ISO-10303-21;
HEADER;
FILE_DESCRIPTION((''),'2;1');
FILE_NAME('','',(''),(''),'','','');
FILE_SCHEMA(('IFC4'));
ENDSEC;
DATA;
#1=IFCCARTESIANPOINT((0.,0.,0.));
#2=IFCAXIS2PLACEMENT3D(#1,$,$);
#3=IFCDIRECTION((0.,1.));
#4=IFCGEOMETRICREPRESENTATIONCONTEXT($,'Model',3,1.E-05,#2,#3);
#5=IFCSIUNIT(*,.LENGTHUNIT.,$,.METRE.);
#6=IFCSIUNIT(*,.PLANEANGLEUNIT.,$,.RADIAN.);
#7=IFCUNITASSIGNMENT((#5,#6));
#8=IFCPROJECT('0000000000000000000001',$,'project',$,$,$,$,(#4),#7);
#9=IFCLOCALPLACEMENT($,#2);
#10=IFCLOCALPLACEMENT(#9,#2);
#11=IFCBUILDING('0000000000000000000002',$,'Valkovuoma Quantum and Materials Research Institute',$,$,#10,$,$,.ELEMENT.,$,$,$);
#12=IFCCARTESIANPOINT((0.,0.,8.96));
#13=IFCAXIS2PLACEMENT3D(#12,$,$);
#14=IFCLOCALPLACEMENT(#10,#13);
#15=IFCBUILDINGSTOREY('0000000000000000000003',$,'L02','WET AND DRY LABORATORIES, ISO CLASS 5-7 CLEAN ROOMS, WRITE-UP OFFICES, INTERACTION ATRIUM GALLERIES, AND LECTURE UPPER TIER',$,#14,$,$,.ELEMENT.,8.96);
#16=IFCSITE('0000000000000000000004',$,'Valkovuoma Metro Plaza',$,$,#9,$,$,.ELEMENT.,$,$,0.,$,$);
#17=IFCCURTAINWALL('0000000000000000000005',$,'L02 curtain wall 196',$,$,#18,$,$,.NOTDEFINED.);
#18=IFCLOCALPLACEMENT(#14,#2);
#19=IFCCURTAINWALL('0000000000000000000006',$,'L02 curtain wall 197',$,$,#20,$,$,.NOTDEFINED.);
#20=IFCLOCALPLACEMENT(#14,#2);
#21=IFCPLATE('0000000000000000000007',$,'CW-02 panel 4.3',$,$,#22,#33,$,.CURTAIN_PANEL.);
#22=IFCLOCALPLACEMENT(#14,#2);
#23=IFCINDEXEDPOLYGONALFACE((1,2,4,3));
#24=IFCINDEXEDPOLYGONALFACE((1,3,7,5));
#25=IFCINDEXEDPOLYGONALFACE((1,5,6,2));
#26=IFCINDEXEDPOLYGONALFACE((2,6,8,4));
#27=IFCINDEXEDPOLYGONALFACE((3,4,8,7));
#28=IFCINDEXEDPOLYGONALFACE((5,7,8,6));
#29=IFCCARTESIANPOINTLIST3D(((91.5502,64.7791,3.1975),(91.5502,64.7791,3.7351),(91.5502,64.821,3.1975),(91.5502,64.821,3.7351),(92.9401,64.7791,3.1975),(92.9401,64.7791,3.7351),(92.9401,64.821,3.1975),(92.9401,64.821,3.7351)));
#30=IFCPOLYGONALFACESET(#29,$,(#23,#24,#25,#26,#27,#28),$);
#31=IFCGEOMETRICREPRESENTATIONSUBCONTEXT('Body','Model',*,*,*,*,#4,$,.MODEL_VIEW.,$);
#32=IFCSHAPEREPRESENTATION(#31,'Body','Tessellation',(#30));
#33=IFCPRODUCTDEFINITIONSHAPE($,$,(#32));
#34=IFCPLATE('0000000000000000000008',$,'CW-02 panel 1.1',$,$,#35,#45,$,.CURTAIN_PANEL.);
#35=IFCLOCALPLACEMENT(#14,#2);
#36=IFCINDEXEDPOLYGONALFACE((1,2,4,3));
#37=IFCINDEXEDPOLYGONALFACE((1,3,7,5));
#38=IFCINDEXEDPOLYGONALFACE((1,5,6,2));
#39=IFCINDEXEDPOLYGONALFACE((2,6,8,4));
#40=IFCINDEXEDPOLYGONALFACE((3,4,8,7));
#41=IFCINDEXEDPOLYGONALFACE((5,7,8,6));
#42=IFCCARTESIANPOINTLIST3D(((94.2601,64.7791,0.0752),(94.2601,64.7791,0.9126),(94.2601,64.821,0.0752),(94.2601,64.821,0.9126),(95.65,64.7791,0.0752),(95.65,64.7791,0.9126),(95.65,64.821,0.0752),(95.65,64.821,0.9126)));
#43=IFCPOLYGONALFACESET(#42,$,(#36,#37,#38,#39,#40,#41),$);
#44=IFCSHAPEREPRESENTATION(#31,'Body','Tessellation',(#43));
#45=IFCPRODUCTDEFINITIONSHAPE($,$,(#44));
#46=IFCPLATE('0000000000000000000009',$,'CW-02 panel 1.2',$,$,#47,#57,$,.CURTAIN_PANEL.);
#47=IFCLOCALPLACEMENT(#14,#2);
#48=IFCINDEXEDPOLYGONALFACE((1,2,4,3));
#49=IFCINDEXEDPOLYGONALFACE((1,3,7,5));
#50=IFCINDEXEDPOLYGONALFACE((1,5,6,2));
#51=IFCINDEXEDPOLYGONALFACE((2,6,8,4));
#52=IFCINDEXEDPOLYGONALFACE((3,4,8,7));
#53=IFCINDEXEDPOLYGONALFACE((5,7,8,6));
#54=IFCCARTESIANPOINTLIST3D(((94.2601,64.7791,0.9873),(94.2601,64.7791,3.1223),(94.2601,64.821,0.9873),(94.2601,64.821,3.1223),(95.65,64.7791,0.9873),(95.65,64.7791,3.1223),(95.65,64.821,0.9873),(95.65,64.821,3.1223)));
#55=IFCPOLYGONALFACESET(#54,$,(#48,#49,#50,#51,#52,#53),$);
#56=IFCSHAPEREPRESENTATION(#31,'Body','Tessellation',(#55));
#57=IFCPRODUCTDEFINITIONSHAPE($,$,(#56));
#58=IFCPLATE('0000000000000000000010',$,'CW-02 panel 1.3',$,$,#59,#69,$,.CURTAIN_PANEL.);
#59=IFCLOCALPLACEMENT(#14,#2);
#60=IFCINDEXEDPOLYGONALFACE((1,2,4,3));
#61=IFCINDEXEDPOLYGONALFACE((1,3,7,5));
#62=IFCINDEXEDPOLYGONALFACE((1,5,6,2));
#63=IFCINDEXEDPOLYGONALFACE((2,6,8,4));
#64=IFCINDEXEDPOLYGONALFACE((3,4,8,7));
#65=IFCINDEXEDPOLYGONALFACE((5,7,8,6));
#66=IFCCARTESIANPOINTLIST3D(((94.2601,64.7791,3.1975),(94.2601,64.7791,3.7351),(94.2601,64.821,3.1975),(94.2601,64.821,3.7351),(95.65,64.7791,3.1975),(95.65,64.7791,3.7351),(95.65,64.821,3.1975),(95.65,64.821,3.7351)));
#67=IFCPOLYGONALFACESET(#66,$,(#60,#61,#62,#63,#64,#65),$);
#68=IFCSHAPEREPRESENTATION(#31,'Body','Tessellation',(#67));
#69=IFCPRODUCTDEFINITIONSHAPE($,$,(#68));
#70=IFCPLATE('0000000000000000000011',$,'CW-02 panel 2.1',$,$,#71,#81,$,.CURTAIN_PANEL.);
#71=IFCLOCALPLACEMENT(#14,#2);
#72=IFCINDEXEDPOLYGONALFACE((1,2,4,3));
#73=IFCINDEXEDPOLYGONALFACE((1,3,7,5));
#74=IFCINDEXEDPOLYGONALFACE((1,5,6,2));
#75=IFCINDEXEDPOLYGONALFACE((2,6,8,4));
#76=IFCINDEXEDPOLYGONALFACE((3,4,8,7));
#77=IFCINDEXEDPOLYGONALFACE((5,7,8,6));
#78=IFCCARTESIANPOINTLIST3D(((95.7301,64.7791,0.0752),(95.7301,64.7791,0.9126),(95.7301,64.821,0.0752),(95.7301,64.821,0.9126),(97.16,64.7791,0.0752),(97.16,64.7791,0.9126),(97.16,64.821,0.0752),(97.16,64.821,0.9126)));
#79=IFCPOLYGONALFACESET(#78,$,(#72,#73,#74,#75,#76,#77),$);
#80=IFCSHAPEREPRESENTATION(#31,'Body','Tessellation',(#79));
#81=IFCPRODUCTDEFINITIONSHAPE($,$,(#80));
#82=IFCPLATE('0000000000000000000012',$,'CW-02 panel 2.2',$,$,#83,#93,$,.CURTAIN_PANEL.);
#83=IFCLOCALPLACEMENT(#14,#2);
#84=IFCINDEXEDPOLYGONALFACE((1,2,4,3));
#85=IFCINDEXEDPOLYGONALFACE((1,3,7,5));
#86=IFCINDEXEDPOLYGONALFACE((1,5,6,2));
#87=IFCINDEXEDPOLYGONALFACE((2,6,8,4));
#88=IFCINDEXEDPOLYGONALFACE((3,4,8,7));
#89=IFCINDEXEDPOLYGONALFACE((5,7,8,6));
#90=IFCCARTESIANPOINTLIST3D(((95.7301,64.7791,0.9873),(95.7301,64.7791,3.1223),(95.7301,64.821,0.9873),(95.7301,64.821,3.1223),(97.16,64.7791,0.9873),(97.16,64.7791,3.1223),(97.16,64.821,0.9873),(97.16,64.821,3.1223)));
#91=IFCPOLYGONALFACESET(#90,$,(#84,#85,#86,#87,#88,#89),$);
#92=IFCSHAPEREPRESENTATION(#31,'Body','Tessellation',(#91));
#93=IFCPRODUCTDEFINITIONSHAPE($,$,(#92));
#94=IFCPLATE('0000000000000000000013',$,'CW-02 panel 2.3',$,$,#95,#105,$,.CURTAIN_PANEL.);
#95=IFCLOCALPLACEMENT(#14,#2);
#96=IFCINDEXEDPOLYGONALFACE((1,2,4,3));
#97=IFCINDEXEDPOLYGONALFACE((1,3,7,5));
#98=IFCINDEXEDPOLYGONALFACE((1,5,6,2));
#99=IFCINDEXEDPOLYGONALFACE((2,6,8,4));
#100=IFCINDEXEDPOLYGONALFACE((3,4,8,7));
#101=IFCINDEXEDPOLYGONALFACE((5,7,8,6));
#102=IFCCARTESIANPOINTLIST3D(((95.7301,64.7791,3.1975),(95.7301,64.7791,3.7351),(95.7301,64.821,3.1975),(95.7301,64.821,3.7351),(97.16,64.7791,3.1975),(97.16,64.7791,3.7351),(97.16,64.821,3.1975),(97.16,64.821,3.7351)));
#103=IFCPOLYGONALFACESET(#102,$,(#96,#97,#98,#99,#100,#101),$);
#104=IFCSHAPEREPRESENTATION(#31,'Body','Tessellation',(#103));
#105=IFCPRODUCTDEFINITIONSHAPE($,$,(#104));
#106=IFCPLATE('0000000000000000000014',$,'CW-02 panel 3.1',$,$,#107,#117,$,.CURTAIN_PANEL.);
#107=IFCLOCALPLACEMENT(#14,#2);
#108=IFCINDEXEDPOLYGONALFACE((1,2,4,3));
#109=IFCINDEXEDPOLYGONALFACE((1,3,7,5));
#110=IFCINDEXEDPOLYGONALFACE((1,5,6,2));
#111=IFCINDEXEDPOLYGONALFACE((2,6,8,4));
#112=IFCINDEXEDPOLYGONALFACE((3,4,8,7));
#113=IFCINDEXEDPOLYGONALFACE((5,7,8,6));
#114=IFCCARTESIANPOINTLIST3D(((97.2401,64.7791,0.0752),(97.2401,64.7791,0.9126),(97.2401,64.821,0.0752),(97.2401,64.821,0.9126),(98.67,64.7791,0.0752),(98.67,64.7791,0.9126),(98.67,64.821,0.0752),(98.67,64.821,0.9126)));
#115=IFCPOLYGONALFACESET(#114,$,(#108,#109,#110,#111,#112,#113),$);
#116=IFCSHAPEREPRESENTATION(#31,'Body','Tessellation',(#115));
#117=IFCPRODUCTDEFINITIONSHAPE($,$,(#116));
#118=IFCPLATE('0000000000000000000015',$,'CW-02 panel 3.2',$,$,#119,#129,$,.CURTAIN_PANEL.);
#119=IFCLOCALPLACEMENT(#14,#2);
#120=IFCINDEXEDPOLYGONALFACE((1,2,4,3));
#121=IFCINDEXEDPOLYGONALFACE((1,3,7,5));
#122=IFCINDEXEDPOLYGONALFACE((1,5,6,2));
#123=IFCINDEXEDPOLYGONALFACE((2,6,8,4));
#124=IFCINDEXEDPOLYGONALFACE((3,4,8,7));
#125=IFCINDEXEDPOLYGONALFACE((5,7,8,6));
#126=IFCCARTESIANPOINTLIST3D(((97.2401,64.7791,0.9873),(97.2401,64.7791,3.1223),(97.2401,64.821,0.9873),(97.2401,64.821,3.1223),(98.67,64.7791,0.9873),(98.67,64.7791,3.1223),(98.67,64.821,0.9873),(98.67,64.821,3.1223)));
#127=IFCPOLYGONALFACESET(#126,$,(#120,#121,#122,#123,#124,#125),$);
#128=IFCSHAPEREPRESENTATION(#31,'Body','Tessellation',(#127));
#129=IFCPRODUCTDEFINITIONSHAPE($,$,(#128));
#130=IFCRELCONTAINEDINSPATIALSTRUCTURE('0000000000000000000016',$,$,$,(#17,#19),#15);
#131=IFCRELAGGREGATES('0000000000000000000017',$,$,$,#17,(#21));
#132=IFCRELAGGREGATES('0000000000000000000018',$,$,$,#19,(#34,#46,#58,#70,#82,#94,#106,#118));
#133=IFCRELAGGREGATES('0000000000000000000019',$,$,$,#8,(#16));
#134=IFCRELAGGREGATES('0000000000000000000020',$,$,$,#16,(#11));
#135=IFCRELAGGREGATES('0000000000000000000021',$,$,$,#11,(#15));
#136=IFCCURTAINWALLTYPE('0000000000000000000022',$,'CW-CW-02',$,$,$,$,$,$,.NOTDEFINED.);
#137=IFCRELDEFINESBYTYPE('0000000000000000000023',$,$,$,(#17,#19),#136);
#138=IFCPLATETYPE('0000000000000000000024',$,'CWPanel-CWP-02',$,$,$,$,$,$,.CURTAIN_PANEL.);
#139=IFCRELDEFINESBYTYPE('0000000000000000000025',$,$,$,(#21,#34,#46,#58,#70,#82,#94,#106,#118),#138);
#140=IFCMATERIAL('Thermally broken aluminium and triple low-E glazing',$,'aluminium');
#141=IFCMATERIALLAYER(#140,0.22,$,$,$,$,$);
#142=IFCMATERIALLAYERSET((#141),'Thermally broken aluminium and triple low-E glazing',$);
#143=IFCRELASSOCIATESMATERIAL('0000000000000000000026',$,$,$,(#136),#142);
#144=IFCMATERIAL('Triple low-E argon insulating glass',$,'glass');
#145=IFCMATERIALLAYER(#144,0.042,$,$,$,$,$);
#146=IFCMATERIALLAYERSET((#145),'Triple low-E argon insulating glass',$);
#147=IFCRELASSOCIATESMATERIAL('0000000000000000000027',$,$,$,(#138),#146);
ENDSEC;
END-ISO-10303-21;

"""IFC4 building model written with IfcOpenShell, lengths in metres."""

from ifc_helpers import new_model, si_unit, direction, frame, origin, origin_2d, place, context, subcontext, project, spatial, rectangle, extrude, material, layer, layer_set, type_object, element, aggregate, save


model = new_model("IFC4")

# Units and contexts
model_context = context("Model", 3, precision=1e-05, world=origin(), true_north=direction((0.0, 1.0)))
body_context = subcontext(model_context, "Body", "Model", "MODEL_VIEW")
ifc_project = project(units=[si_unit("LENGTHUNIT", "METRE"), si_unit("PLANEANGLEUNIT", "RADIAN")], contexts=[model_context])

# Site, building, storey
site_placement = place(None, origin())
site = spatial("IfcSite", under=ifc_project, at=site_placement, Name="Valkovuoma Metro Plaza", CompositionType="ELEMENT", RefElevation=0.0)
building_placement = place(site_placement, origin())
building = spatial("IfcBuilding", under=site, at=building_placement, Name="Valkovuoma Quantum and Materials Research Institute", CompositionType="ELEMENT")
storey_placement = place(building_placement, frame((0.0, 0.0, 8.96)))
storey = spatial("IfcBuildingStorey", under=building, at=storey_placement, Name="L02", Description="WET AND DRY LABORATORIES, ISO CLASS 5-7 CLEAN ROOMS, WRITE-UP OFFICES, INTERACTION ATRIUM GALLERIES, AND LECTURE UPPER TIER", CompositionType="ELEMENT", Elevation=8.96)

# Curtain walls
ifc_material_1 = material(Name="Thermally broken aluminium and triple low-E glazing", Category="aluminium")
ifc_layer_1 = layer(ifc_material_1, 0.22)
ifc_layer_set_1 = layer_set([ifc_layer_1], Name="Thermally broken aluminium and triple low-E glazing")
curtain_wall_type = type_object("IfcCurtainWallType", Name="CW-CW-02", PredefinedType="NOTDEFINED", material=ifc_layer_set_1)
curtain_wall_1_placement = place(storey_placement, origin())
curtain_wall_1 = element("IfcCurtainWall", 1, at=curtain_wall_1_placement, inside=storey, type_object=curtain_wall_type, Name="L02 curtain wall 196", PredefinedType="NOTDEFINED")
curtain_wall_2_placement = place(storey_placement, origin())
curtain_wall_2 = element("IfcCurtainWall", 2, at=curtain_wall_2_placement, inside=storey, type_object=curtain_wall_type, Name="L02 curtain wall 197", PredefinedType="NOTDEFINED")

# Plates
ifc_material_2 = material(Name="Triple low-E argon insulating glass", Category="glass")
ifc_layer_2 = layer(ifc_material_2, 0.042)
ifc_layer_set_2 = layer_set([ifc_layer_2], Name="Triple low-E argon insulating glass")
plate_type = type_object("IfcPlateType", Name="CWPanel-CWP-02", PredefinedType="CURTAIN_PANEL", material=ifc_layer_set_2)
plate_1_placement = place(storey_placement, frame((92.2451, 64.8, 3.1975), z_axis=(0.0, 0.0, 1.0), x_axis=(1.0, 0.0, 0.0)))
plate_1 = element("IfcPlate", 3, at=plate_1_placement, type_object=plate_type, Name="CW-02 panel 4.3", PredefinedType="CURTAIN_PANEL", context=body_context, shape_type="SweptSolid", body=[
    extrude(rectangle(XDim=1.3899, YDim=0.042, at=origin_2d()), origin(), (0.0, 0.0, 1.0), 0.5376),
])
aggregate(curtain_wall_1, [plate_1])
plate_2_placement = place(storey_placement, frame((94.9551, 64.8, 0.0752), z_axis=(0.0, 0.0, 1.0), x_axis=(1.0, 0.0, 0.0)))
plate_2 = element("IfcPlate", 4, at=plate_2_placement, type_object=plate_type, Name="CW-02 panel 1.1", PredefinedType="CURTAIN_PANEL", context=body_context, shape_type="SweptSolid", body=[
    extrude(rectangle(XDim=1.3899, YDim=0.042, at=origin_2d()), origin(), (0.0, 0.0, 1.0), 0.8374),
])
plate_3_placement = place(storey_placement, frame((94.9551, 64.8, 0.9873), z_axis=(0.0, 0.0, 1.0), x_axis=(1.0, 0.0, 0.0)))
plate_3 = element("IfcPlate", 5, at=plate_3_placement, type_object=plate_type, Name="CW-02 panel 1.2", PredefinedType="CURTAIN_PANEL", context=body_context, shape_type="SweptSolid", body=[
    extrude(rectangle(XDim=1.3899, YDim=0.042, at=origin_2d()), origin(), (0.0, 0.0, 1.0), 2.135),
])
plate_4_placement = place(storey_placement, frame((94.9551, 64.8, 3.1975), z_axis=(0.0, 0.0, 1.0), x_axis=(1.0, 0.0, 0.0)))
plate_4 = element("IfcPlate", 6, at=plate_4_placement, type_object=plate_type, Name="CW-02 panel 1.3", PredefinedType="CURTAIN_PANEL", context=body_context, shape_type="SweptSolid", body=[
    extrude(rectangle(XDim=1.3899, YDim=0.042, at=origin_2d()), origin(), (0.0, 0.0, 1.0), 0.5376),
])
plate_5_placement = place(storey_placement, frame((96.4451, 64.8, 0.0752), z_axis=(0.0, 0.0, 1.0), x_axis=(1.0, 0.0, 0.0)))
plate_5 = element("IfcPlate", 7, at=plate_5_placement, type_object=plate_type, Name="CW-02 panel 2.1", PredefinedType="CURTAIN_PANEL", context=body_context, shape_type="SweptSolid", body=[
    extrude(rectangle(XDim=1.4299, YDim=0.042, at=origin_2d()), origin(), (0.0, 0.0, 1.0), 0.8374),
])
plate_6_placement = place(storey_placement, frame((96.4451, 64.8, 0.9873), z_axis=(0.0, 0.0, 1.0), x_axis=(1.0, 0.0, 0.0)))
plate_6 = element("IfcPlate", 8, at=plate_6_placement, type_object=plate_type, Name="CW-02 panel 2.2", PredefinedType="CURTAIN_PANEL", context=body_context, shape_type="SweptSolid", body=[
    extrude(rectangle(XDim=1.4299, YDim=0.042, at=origin_2d()), origin(), (0.0, 0.0, 1.0), 2.135),
])
plate_7_placement = place(storey_placement, frame((96.4451, 64.8, 3.1975), z_axis=(0.0, 0.0, 1.0), x_axis=(1.0, 0.0, 0.0)))
plate_7 = element("IfcPlate", 9, at=plate_7_placement, type_object=plate_type, Name="CW-02 panel 2.3", PredefinedType="CURTAIN_PANEL", context=body_context, shape_type="SweptSolid", body=[
    extrude(rectangle(XDim=1.4299, YDim=0.042, at=origin_2d()), origin(), (0.0, 0.0, 1.0), 0.5376),
])
plate_8_placement = place(storey_placement, frame((97.9551, 64.8, 0.0752), z_axis=(0.0, 0.0, 1.0), x_axis=(1.0, 0.0, 0.0)))
plate_8 = element("IfcPlate", 10, at=plate_8_placement, type_object=plate_type, Name="CW-02 panel 3.1", PredefinedType="CURTAIN_PANEL", context=body_context, shape_type="SweptSolid", body=[
    extrude(rectangle(XDim=1.4299, YDim=0.042, at=origin_2d()), origin(), (0.0, 0.0, 1.0), 0.8374),
])
plate_9_placement = place(storey_placement, frame((97.9551, 64.8, 0.9873), z_axis=(0.0, 0.0, 1.0), x_axis=(1.0, 0.0, 0.0)))
plate_9 = element("IfcPlate", 11, at=plate_9_placement, type_object=plate_type, Name="CW-02 panel 3.2", PredefinedType="CURTAIN_PANEL", context=body_context, shape_type="SweptSolid", body=[
    extrude(rectangle(XDim=1.4299, YDim=0.042, at=origin_2d()), origin(), (0.0, 0.0, 1.0), 2.135),
])
aggregate(curtain_wall_2, [plate_2, plate_3, plate_4, plate_5, plate_6, plate_7, plate_8, plate_9])

save(model, "model.ifc")
